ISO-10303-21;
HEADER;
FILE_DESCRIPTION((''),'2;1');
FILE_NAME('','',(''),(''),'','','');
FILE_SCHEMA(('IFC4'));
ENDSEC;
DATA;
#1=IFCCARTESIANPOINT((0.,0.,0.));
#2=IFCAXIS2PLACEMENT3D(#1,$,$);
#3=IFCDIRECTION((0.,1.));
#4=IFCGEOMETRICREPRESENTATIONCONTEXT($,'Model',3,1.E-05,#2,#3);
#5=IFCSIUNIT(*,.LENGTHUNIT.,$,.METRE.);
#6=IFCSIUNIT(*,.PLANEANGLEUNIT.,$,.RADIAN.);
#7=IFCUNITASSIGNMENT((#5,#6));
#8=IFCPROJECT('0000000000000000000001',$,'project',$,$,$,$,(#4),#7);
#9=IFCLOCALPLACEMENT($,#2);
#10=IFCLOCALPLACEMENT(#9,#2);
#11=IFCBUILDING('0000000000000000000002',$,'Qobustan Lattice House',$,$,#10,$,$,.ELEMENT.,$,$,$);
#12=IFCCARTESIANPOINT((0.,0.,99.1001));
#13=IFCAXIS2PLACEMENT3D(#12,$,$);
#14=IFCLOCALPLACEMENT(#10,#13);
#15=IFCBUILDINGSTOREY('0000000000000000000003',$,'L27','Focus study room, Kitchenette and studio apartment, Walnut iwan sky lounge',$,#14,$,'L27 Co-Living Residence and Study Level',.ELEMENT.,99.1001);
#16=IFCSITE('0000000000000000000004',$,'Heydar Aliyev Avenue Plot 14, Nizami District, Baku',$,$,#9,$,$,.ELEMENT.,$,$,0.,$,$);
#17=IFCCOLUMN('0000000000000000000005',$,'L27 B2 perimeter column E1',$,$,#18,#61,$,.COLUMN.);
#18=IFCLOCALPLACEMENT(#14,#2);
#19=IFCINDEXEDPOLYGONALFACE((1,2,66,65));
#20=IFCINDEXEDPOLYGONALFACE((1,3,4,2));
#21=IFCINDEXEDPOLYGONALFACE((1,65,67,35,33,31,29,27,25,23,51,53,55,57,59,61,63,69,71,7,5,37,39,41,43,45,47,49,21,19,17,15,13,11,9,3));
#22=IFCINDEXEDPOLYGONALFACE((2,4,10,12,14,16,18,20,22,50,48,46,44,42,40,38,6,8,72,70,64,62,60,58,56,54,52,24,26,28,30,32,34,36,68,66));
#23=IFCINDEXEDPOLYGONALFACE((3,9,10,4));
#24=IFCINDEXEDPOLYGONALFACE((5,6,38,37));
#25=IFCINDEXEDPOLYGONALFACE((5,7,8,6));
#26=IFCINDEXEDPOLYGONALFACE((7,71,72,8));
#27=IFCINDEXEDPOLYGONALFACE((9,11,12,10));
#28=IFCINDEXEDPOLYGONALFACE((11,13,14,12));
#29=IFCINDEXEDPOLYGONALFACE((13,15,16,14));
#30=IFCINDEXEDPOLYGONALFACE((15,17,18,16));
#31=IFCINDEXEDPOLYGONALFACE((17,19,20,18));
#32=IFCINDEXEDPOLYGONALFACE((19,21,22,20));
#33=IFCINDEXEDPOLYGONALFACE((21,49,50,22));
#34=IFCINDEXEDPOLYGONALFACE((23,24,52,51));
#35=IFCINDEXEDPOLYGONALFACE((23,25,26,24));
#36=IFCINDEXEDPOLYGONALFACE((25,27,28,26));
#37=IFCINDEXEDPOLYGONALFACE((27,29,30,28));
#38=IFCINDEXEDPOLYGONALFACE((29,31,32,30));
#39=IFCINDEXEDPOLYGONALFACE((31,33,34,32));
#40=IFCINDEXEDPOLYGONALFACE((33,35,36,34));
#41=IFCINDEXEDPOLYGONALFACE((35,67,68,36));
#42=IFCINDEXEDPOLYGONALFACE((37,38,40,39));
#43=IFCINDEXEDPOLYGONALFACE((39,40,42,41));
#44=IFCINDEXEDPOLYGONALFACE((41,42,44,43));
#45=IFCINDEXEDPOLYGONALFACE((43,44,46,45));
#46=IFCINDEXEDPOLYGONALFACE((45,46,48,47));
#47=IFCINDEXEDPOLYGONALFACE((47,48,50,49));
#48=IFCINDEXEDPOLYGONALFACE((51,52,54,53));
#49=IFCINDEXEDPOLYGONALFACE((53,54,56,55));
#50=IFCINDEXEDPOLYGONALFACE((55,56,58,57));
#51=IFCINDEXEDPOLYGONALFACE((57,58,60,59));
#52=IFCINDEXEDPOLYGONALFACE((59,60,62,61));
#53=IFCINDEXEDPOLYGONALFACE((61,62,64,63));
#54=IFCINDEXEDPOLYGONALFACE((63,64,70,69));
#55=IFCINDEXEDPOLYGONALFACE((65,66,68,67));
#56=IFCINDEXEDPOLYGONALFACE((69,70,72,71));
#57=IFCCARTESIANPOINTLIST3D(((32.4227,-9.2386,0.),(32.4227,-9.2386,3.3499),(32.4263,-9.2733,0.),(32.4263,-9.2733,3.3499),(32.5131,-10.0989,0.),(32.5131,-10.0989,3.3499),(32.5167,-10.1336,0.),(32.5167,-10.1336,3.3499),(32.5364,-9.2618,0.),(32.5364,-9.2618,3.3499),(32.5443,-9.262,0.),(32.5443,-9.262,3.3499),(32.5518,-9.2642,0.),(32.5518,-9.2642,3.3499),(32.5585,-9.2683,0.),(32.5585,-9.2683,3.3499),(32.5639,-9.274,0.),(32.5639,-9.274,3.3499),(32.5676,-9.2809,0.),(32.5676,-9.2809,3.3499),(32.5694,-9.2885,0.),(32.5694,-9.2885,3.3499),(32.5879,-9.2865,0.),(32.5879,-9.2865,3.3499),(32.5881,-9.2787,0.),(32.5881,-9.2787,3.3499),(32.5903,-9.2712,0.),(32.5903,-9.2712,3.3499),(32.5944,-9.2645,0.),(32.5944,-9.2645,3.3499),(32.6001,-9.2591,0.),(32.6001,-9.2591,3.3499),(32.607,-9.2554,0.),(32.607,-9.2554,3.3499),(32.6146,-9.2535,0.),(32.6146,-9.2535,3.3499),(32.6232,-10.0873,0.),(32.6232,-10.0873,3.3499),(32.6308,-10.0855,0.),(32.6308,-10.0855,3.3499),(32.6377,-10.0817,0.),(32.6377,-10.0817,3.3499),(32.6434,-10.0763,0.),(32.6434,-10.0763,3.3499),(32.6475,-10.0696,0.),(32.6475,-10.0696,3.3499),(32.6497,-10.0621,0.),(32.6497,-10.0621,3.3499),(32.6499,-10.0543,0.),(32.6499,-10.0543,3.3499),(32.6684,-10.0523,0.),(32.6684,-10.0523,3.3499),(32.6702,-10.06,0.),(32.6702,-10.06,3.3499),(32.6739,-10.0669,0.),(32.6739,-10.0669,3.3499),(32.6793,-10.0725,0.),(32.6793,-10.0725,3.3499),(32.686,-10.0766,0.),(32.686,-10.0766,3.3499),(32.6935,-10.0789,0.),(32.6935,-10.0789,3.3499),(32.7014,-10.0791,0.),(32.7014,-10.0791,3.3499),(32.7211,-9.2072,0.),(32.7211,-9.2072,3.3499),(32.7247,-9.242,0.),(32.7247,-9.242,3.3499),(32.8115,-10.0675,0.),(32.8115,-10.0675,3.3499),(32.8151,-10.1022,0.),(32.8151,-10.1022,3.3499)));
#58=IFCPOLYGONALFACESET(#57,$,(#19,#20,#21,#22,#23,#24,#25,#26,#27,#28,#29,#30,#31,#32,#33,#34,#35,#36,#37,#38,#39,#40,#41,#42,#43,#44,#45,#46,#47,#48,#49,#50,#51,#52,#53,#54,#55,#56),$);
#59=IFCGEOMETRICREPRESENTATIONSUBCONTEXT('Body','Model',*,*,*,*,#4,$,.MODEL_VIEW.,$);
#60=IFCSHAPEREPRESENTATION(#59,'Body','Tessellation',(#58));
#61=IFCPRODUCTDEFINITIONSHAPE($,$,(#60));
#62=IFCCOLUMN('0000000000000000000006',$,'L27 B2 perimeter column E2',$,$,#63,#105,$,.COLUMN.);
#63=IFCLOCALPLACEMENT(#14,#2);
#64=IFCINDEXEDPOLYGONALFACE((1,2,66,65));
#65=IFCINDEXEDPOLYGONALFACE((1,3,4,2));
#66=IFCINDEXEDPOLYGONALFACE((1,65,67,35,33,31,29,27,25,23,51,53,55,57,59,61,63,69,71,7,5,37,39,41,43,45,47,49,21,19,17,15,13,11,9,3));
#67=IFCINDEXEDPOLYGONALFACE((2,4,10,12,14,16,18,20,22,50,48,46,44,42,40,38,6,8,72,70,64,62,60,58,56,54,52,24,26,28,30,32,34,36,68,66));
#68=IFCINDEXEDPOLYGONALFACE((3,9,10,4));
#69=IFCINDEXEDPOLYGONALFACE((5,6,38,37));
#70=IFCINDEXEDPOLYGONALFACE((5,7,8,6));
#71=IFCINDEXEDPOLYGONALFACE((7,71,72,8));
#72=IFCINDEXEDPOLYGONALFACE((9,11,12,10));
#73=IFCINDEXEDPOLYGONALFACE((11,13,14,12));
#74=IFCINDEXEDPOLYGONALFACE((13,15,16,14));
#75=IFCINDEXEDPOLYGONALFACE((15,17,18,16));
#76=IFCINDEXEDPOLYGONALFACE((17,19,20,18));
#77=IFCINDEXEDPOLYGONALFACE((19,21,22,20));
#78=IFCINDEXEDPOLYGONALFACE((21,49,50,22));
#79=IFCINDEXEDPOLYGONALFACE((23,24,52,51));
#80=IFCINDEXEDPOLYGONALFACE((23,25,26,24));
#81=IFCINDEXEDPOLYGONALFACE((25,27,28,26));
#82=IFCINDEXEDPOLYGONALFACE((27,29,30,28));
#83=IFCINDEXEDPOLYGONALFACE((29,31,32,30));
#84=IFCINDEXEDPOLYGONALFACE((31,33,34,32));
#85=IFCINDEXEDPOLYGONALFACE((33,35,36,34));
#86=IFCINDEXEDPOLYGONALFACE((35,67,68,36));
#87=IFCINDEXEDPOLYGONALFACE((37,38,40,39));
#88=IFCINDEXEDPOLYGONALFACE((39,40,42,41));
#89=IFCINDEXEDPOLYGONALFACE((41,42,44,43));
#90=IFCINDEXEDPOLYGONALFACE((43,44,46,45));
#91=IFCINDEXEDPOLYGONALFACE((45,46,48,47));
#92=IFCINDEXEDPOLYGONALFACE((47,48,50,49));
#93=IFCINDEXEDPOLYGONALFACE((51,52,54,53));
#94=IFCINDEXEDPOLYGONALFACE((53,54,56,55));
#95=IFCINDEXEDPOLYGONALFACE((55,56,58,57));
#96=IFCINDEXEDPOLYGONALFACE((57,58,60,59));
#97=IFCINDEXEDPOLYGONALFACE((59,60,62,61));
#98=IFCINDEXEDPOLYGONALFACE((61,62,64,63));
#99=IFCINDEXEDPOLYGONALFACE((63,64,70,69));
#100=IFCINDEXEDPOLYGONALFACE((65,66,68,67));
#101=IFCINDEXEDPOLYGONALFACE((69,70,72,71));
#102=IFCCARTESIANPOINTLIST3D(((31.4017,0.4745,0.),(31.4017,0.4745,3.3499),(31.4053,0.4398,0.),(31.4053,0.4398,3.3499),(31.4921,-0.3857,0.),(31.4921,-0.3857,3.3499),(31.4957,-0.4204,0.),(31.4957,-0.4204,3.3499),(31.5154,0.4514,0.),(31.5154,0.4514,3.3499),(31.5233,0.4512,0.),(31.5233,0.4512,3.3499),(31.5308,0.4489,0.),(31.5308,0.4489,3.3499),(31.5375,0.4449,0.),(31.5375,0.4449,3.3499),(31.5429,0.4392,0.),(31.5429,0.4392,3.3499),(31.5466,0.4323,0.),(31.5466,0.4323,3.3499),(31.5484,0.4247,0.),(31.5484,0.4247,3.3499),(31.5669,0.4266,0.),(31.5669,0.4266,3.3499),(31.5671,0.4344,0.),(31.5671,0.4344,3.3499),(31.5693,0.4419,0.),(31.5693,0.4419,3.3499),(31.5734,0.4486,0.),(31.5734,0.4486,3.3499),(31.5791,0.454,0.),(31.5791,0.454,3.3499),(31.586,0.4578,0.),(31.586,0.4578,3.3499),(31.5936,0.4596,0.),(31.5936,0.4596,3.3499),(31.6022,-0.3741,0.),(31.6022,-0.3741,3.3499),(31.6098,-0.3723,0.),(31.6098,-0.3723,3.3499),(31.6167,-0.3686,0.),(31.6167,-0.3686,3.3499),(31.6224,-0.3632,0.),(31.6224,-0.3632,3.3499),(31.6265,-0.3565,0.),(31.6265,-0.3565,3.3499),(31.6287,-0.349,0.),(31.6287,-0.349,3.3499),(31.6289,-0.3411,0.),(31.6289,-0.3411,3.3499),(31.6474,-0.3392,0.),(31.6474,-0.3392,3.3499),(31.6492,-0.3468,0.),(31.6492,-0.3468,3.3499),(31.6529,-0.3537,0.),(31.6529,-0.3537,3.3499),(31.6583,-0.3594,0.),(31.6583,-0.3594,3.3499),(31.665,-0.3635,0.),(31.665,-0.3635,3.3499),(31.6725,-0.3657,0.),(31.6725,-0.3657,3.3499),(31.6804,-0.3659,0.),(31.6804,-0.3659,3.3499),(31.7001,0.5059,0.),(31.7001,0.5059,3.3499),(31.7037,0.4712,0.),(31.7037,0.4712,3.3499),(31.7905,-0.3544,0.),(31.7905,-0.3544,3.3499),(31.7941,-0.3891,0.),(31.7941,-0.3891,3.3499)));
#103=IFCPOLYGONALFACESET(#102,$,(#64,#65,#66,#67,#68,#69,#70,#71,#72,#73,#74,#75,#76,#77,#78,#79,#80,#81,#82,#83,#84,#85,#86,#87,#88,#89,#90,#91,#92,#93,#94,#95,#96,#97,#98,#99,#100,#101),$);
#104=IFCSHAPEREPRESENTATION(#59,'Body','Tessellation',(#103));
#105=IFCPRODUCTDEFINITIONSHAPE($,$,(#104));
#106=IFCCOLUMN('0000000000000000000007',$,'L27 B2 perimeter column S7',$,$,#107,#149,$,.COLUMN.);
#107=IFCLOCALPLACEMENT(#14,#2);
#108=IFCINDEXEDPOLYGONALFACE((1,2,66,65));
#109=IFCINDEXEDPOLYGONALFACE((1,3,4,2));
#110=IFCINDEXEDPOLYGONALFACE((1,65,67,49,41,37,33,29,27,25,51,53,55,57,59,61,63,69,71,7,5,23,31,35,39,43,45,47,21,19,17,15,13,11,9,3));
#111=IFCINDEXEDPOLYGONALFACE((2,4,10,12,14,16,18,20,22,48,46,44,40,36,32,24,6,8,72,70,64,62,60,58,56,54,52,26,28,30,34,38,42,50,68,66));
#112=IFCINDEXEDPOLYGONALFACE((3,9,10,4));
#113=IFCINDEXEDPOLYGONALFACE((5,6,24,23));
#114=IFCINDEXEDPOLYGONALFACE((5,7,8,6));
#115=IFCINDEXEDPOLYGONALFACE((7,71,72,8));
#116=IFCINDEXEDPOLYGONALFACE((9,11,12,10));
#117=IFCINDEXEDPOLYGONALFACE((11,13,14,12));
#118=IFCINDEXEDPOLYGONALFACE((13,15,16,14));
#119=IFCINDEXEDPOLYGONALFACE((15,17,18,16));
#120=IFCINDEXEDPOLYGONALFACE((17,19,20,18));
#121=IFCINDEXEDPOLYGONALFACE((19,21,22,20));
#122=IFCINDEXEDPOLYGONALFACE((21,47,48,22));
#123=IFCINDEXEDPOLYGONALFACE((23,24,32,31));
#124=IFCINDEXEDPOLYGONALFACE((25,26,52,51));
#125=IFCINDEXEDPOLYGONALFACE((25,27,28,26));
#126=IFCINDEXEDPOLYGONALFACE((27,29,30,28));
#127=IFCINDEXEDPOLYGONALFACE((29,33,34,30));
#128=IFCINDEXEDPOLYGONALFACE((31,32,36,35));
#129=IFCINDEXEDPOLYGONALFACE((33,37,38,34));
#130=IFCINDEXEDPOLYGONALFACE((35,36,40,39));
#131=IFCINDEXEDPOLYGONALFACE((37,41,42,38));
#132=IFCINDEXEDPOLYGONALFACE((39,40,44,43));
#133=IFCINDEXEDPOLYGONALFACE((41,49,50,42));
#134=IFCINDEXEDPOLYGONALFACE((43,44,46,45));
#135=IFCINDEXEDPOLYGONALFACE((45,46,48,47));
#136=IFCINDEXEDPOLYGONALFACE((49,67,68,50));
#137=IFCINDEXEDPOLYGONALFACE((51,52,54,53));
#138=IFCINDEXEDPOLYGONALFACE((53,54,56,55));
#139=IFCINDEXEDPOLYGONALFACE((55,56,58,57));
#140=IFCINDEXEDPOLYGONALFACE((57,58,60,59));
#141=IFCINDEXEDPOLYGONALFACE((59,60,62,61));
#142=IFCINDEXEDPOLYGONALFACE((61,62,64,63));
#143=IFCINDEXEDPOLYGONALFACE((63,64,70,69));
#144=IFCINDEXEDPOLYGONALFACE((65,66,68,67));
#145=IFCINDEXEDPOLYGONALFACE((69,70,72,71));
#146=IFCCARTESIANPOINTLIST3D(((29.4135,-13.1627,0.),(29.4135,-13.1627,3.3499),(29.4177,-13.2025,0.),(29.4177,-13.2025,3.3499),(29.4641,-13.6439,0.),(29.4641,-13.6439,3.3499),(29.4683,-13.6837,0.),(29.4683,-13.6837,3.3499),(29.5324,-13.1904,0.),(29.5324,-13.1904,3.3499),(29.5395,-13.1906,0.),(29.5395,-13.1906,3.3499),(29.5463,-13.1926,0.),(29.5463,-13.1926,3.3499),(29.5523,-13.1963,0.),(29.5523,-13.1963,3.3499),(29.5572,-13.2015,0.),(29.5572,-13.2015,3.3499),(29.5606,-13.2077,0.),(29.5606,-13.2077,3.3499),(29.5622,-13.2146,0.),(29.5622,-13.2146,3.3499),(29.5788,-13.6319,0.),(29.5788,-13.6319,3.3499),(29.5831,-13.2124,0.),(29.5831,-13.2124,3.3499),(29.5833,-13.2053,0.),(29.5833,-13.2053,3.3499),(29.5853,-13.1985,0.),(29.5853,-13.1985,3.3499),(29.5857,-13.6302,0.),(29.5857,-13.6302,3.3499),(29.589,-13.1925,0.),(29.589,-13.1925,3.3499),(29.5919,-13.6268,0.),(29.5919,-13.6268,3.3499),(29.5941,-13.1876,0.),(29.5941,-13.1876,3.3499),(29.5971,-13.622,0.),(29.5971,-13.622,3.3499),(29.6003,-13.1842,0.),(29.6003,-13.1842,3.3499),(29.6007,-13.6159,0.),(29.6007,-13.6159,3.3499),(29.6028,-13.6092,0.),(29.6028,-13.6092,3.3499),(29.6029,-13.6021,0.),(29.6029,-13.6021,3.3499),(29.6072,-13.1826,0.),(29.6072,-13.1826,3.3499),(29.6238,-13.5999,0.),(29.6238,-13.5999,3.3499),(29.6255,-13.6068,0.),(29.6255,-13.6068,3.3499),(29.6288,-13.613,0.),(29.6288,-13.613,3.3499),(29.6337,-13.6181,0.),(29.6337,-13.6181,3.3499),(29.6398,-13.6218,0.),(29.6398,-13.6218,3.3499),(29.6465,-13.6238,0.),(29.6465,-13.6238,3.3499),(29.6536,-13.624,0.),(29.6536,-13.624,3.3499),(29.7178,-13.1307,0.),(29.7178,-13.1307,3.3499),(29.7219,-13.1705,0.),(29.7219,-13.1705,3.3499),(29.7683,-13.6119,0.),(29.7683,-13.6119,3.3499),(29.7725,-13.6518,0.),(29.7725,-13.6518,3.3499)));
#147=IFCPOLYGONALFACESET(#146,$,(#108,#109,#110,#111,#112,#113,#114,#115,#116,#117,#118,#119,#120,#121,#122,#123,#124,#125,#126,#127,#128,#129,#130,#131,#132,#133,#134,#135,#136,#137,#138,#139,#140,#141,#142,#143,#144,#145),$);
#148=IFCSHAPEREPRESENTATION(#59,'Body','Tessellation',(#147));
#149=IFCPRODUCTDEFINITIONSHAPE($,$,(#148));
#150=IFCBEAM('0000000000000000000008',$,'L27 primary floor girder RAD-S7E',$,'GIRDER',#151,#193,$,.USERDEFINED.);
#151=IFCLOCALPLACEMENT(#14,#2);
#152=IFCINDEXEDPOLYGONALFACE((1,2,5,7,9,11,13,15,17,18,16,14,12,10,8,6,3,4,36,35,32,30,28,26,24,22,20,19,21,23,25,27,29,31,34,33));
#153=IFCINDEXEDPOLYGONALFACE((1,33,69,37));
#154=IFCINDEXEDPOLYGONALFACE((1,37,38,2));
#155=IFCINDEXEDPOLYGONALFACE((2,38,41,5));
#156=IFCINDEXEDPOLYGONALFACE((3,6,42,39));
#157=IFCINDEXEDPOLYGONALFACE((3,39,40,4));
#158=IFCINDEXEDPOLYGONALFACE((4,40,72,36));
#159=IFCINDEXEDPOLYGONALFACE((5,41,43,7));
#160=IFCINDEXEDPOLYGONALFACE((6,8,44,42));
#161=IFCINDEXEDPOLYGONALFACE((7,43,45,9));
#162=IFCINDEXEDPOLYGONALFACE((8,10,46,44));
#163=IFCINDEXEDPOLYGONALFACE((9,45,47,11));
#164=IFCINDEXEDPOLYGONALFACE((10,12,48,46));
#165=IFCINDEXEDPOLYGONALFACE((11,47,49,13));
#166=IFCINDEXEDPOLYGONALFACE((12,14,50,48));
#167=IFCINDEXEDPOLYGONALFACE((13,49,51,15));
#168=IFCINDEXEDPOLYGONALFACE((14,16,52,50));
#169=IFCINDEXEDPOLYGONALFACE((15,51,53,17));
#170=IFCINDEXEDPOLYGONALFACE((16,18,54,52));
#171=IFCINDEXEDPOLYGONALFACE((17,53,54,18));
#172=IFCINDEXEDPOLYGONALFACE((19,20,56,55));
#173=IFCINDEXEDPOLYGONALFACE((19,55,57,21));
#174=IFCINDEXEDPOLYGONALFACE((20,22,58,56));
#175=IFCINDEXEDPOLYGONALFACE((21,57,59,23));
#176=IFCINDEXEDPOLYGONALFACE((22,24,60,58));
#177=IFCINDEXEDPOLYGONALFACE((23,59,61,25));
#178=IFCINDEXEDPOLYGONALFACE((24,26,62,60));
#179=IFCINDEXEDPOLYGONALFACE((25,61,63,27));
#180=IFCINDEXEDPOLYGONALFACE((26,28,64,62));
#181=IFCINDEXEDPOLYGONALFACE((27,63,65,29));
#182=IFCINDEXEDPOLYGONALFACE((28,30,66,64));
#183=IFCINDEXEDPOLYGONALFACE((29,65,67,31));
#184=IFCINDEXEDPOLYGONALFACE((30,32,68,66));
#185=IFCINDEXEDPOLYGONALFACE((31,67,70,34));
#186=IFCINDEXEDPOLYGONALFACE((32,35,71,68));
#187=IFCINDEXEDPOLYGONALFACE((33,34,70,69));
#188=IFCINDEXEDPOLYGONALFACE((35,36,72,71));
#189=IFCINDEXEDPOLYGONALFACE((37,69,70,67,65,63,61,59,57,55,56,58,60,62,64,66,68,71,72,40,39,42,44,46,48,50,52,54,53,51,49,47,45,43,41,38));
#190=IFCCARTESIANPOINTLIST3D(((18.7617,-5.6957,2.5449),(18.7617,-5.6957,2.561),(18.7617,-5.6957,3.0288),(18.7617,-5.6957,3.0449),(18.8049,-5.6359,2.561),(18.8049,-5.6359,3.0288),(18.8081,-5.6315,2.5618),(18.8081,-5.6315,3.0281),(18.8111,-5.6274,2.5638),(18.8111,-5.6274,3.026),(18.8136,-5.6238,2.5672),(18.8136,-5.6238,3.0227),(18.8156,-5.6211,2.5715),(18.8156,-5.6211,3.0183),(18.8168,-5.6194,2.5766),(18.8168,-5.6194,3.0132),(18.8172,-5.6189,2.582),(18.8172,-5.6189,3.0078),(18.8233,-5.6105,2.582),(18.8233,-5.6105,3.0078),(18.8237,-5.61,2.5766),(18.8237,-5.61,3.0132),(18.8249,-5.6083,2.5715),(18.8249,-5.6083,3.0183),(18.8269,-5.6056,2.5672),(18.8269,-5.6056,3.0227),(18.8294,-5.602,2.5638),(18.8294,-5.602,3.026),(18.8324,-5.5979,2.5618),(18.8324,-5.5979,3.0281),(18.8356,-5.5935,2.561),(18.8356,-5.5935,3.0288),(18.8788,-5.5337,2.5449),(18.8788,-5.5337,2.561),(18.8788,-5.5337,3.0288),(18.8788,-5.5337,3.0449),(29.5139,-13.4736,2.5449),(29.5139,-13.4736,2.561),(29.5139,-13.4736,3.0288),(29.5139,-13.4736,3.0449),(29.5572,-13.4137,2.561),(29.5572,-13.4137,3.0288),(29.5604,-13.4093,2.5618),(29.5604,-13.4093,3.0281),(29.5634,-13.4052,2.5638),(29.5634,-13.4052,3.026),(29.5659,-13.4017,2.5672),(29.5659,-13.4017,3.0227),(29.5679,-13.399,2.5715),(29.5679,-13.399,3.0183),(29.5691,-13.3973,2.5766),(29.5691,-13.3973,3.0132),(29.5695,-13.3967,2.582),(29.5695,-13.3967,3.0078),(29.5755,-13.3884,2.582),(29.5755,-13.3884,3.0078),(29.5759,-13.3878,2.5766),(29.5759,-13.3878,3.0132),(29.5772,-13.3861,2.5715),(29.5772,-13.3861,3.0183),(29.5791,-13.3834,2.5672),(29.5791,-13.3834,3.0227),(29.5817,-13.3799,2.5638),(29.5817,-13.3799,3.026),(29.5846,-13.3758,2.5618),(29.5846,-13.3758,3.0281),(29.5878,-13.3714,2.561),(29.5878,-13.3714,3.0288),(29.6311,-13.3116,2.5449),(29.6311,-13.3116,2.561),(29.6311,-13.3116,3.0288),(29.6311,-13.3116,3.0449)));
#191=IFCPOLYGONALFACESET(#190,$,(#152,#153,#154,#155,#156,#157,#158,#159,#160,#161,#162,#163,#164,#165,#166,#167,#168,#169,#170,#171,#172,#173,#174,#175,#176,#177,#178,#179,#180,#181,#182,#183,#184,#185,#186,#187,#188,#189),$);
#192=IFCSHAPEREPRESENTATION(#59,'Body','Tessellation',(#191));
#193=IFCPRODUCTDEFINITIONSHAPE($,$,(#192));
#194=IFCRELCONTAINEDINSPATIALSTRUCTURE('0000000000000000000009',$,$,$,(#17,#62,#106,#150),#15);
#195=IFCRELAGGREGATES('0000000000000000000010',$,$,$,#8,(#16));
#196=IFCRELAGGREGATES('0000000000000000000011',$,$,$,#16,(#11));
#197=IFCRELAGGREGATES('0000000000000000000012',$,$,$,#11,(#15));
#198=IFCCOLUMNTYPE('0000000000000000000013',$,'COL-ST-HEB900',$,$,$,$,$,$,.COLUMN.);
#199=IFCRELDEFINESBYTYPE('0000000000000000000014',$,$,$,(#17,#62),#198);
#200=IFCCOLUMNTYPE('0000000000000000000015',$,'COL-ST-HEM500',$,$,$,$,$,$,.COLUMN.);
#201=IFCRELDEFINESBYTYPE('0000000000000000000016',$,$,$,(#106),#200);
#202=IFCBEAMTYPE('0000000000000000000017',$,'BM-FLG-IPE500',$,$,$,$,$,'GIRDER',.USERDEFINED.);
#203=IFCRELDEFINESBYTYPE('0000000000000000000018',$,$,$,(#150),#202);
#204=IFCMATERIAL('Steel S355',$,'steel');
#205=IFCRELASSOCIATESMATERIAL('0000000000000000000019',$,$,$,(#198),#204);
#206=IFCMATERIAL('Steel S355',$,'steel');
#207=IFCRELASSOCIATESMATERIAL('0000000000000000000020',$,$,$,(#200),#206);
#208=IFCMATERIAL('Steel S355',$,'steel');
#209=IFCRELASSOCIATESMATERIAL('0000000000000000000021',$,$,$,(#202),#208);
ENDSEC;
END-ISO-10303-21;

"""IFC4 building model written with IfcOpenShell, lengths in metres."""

from ifc_helpers import new_model, si_unit, direction, frame, origin, origin_2d, place, context, subcontext, project, spatial, i_section, extrude, material, material_profile, profile_set, type_object, element, save


model = new_model("IFC4")

# Units and contexts
model_context = context("Model", 3, precision=1e-05, world=origin(), true_north=direction((0.0, 1.0)))
body_context = subcontext(model_context, "Body", "Model", "MODEL_VIEW")
ifc_project = project(units=[si_unit("LENGTHUNIT", "METRE"), si_unit("PLANEANGLEUNIT", "RADIAN")], contexts=[model_context])

# Site, building, storey
site_placement = place(None, origin())
site = spatial("IfcSite", under=ifc_project, at=site_placement, Name="Heydar Aliyev Avenue Plot 14, Nizami District, Baku", CompositionType="ELEMENT", RefElevation=0.0)
building_placement = place(site_placement, origin())
building = spatial("IfcBuilding", under=site, at=building_placement, Name="Qobustan Lattice House", CompositionType="ELEMENT")
storey_placement = place(building_placement, frame((0.0, 0.0, 99.1001)))
storey = spatial("IfcBuildingStorey", under=building, at=storey_placement, Name="L27", Description="Focus study room, Kitchenette and studio apartment, Walnut iwan sky lounge", LongName="L27 Co-Living Residence and Study Level", CompositionType="ELEMENT", Elevation=99.1001)

# Columns
ifc_material_1 = material(Name="Steel S355", Category="steel")
ifc_material_profile_1 = material_profile(ifc_material_1, i_section(OverallWidth=0.3, OverallDepth=0.8999, WebThickness=0.0186, FlangeThickness=0.0349, FilletRadius=0.03, at=origin_2d()), Name="HEB900")
ifc_profile_set_1 = profile_set([ifc_material_profile_1], Name="Steel S355")
column_type_1 = type_object("IfcColumnType", Name="COL-ST-HEB900", PredefinedType="COLUMN", material=ifc_profile_set_1)
for number, where, z_axis, x_axis, name in (
    (1, (32.6189, -9.6704, 0.0), (0.0, 0.0, 1.0), (0.994522, 0.104528, 0.0), "L27 B2 perimeter column E1"),
    (2, (31.5979, 0.0427, 0.0), (0.0, 0.0, 1.0), (0.994522, 0.104528, 0.0), "L27 B2 perimeter column E2"),
):
    element("IfcColumn", number, at=place(storey_placement, frame(where, z_axis=z_axis, x_axis=x_axis)), inside=storey, type_object=column_type_1, Name=name, PredefinedType="COLUMN", context=body_context, shape_type="SweptSolid", body=[
        extrude(i_section(OverallWidth=0.3, OverallDepth=0.8999, WebThickness=0.0186, FlangeThickness=0.0349, FilletRadius=0.03, at=origin_2d()), origin(), (0.0, 0.0, 1.0), 3.3499),
    ])
ifc_material_2 = material(Name="Steel S355", Category="steel")
ifc_material_profile_2 = material_profile(ifc_material_2, i_section(OverallWidth=0.3059, OverallDepth=0.5239, WebThickness=0.021, FlangeThickness=0.04, FilletRadius=0.0271, at=origin_2d()), Name="HEM500")
ifc_profile_set_2 = profile_set([ifc_material_profile_2], Name="Steel S355")
column_type_2 = type_object("IfcColumnType", Name="COL-ST-HEM500", PredefinedType="COLUMN", material=ifc_profile_set_2)
column_placement = place(storey_placement, frame((29.593, -13.4072, 0.0), z_axis=(0.0, 0.0, 1.0), x_axis=(0.994522, 0.104528, 0.0)))
element("IfcColumn", 3, at=column_placement, inside=storey, type_object=column_type_2, Name="L27 B2 perimeter column S7", PredefinedType="COLUMN", context=body_context, shape_type="SweptSolid", body=[
    extrude(i_section(OverallWidth=0.3059, OverallDepth=0.5239, WebThickness=0.021, FlangeThickness=0.04, FilletRadius=0.0271, at=origin_2d()), origin(), (0.0, 0.0, 1.0), 3.3499),
])

# Beam
ifc_material_3 = material(Name="Steel S355", Category="steel")
ifc_material_profile_3 = material_profile(ifc_material_3, i_section(OverallWidth=0.2, OverallDepth=0.5, WebThickness=0.0103, FlangeThickness=0.0161, FilletRadius=0.021, at=origin_2d()), Name="IPE500")
ifc_profile_set_3 = profile_set([ifc_material_profile_3], Name="Steel S355")
beam_type_1 = type_object("IfcBeamType", Name="BM-FLG-IPE500", ElementType="GIRDER", PredefinedType="USERDEFINED", material=ifc_profile_set_3)
beam_1_placement = place(storey_placement, frame((29.5725, -13.3926, 2.7949), z_axis=(-0.810237, 0.586102, 0.0), x_axis=(-0.586102, -0.810237, 0.0)))
element("IfcBeam", 4, at=beam_1_placement, inside=storey, type_object=beam_type_1, Name="L27 primary floor girder RAD-S7E", ObjectType="GIRDER", PredefinedType="USERDEFINED", context=body_context, shape_type="SweptSolid", body=[
    extrude(i_section(OverallWidth=0.2, OverallDepth=0.5, WebThickness=0.0103, FlangeThickness=0.0161, FilletRadius=0.021, at=origin_2d()), origin(), (0.0, 0.0, 1.0), 13.2705),
])

save(model, "model.ifc")
